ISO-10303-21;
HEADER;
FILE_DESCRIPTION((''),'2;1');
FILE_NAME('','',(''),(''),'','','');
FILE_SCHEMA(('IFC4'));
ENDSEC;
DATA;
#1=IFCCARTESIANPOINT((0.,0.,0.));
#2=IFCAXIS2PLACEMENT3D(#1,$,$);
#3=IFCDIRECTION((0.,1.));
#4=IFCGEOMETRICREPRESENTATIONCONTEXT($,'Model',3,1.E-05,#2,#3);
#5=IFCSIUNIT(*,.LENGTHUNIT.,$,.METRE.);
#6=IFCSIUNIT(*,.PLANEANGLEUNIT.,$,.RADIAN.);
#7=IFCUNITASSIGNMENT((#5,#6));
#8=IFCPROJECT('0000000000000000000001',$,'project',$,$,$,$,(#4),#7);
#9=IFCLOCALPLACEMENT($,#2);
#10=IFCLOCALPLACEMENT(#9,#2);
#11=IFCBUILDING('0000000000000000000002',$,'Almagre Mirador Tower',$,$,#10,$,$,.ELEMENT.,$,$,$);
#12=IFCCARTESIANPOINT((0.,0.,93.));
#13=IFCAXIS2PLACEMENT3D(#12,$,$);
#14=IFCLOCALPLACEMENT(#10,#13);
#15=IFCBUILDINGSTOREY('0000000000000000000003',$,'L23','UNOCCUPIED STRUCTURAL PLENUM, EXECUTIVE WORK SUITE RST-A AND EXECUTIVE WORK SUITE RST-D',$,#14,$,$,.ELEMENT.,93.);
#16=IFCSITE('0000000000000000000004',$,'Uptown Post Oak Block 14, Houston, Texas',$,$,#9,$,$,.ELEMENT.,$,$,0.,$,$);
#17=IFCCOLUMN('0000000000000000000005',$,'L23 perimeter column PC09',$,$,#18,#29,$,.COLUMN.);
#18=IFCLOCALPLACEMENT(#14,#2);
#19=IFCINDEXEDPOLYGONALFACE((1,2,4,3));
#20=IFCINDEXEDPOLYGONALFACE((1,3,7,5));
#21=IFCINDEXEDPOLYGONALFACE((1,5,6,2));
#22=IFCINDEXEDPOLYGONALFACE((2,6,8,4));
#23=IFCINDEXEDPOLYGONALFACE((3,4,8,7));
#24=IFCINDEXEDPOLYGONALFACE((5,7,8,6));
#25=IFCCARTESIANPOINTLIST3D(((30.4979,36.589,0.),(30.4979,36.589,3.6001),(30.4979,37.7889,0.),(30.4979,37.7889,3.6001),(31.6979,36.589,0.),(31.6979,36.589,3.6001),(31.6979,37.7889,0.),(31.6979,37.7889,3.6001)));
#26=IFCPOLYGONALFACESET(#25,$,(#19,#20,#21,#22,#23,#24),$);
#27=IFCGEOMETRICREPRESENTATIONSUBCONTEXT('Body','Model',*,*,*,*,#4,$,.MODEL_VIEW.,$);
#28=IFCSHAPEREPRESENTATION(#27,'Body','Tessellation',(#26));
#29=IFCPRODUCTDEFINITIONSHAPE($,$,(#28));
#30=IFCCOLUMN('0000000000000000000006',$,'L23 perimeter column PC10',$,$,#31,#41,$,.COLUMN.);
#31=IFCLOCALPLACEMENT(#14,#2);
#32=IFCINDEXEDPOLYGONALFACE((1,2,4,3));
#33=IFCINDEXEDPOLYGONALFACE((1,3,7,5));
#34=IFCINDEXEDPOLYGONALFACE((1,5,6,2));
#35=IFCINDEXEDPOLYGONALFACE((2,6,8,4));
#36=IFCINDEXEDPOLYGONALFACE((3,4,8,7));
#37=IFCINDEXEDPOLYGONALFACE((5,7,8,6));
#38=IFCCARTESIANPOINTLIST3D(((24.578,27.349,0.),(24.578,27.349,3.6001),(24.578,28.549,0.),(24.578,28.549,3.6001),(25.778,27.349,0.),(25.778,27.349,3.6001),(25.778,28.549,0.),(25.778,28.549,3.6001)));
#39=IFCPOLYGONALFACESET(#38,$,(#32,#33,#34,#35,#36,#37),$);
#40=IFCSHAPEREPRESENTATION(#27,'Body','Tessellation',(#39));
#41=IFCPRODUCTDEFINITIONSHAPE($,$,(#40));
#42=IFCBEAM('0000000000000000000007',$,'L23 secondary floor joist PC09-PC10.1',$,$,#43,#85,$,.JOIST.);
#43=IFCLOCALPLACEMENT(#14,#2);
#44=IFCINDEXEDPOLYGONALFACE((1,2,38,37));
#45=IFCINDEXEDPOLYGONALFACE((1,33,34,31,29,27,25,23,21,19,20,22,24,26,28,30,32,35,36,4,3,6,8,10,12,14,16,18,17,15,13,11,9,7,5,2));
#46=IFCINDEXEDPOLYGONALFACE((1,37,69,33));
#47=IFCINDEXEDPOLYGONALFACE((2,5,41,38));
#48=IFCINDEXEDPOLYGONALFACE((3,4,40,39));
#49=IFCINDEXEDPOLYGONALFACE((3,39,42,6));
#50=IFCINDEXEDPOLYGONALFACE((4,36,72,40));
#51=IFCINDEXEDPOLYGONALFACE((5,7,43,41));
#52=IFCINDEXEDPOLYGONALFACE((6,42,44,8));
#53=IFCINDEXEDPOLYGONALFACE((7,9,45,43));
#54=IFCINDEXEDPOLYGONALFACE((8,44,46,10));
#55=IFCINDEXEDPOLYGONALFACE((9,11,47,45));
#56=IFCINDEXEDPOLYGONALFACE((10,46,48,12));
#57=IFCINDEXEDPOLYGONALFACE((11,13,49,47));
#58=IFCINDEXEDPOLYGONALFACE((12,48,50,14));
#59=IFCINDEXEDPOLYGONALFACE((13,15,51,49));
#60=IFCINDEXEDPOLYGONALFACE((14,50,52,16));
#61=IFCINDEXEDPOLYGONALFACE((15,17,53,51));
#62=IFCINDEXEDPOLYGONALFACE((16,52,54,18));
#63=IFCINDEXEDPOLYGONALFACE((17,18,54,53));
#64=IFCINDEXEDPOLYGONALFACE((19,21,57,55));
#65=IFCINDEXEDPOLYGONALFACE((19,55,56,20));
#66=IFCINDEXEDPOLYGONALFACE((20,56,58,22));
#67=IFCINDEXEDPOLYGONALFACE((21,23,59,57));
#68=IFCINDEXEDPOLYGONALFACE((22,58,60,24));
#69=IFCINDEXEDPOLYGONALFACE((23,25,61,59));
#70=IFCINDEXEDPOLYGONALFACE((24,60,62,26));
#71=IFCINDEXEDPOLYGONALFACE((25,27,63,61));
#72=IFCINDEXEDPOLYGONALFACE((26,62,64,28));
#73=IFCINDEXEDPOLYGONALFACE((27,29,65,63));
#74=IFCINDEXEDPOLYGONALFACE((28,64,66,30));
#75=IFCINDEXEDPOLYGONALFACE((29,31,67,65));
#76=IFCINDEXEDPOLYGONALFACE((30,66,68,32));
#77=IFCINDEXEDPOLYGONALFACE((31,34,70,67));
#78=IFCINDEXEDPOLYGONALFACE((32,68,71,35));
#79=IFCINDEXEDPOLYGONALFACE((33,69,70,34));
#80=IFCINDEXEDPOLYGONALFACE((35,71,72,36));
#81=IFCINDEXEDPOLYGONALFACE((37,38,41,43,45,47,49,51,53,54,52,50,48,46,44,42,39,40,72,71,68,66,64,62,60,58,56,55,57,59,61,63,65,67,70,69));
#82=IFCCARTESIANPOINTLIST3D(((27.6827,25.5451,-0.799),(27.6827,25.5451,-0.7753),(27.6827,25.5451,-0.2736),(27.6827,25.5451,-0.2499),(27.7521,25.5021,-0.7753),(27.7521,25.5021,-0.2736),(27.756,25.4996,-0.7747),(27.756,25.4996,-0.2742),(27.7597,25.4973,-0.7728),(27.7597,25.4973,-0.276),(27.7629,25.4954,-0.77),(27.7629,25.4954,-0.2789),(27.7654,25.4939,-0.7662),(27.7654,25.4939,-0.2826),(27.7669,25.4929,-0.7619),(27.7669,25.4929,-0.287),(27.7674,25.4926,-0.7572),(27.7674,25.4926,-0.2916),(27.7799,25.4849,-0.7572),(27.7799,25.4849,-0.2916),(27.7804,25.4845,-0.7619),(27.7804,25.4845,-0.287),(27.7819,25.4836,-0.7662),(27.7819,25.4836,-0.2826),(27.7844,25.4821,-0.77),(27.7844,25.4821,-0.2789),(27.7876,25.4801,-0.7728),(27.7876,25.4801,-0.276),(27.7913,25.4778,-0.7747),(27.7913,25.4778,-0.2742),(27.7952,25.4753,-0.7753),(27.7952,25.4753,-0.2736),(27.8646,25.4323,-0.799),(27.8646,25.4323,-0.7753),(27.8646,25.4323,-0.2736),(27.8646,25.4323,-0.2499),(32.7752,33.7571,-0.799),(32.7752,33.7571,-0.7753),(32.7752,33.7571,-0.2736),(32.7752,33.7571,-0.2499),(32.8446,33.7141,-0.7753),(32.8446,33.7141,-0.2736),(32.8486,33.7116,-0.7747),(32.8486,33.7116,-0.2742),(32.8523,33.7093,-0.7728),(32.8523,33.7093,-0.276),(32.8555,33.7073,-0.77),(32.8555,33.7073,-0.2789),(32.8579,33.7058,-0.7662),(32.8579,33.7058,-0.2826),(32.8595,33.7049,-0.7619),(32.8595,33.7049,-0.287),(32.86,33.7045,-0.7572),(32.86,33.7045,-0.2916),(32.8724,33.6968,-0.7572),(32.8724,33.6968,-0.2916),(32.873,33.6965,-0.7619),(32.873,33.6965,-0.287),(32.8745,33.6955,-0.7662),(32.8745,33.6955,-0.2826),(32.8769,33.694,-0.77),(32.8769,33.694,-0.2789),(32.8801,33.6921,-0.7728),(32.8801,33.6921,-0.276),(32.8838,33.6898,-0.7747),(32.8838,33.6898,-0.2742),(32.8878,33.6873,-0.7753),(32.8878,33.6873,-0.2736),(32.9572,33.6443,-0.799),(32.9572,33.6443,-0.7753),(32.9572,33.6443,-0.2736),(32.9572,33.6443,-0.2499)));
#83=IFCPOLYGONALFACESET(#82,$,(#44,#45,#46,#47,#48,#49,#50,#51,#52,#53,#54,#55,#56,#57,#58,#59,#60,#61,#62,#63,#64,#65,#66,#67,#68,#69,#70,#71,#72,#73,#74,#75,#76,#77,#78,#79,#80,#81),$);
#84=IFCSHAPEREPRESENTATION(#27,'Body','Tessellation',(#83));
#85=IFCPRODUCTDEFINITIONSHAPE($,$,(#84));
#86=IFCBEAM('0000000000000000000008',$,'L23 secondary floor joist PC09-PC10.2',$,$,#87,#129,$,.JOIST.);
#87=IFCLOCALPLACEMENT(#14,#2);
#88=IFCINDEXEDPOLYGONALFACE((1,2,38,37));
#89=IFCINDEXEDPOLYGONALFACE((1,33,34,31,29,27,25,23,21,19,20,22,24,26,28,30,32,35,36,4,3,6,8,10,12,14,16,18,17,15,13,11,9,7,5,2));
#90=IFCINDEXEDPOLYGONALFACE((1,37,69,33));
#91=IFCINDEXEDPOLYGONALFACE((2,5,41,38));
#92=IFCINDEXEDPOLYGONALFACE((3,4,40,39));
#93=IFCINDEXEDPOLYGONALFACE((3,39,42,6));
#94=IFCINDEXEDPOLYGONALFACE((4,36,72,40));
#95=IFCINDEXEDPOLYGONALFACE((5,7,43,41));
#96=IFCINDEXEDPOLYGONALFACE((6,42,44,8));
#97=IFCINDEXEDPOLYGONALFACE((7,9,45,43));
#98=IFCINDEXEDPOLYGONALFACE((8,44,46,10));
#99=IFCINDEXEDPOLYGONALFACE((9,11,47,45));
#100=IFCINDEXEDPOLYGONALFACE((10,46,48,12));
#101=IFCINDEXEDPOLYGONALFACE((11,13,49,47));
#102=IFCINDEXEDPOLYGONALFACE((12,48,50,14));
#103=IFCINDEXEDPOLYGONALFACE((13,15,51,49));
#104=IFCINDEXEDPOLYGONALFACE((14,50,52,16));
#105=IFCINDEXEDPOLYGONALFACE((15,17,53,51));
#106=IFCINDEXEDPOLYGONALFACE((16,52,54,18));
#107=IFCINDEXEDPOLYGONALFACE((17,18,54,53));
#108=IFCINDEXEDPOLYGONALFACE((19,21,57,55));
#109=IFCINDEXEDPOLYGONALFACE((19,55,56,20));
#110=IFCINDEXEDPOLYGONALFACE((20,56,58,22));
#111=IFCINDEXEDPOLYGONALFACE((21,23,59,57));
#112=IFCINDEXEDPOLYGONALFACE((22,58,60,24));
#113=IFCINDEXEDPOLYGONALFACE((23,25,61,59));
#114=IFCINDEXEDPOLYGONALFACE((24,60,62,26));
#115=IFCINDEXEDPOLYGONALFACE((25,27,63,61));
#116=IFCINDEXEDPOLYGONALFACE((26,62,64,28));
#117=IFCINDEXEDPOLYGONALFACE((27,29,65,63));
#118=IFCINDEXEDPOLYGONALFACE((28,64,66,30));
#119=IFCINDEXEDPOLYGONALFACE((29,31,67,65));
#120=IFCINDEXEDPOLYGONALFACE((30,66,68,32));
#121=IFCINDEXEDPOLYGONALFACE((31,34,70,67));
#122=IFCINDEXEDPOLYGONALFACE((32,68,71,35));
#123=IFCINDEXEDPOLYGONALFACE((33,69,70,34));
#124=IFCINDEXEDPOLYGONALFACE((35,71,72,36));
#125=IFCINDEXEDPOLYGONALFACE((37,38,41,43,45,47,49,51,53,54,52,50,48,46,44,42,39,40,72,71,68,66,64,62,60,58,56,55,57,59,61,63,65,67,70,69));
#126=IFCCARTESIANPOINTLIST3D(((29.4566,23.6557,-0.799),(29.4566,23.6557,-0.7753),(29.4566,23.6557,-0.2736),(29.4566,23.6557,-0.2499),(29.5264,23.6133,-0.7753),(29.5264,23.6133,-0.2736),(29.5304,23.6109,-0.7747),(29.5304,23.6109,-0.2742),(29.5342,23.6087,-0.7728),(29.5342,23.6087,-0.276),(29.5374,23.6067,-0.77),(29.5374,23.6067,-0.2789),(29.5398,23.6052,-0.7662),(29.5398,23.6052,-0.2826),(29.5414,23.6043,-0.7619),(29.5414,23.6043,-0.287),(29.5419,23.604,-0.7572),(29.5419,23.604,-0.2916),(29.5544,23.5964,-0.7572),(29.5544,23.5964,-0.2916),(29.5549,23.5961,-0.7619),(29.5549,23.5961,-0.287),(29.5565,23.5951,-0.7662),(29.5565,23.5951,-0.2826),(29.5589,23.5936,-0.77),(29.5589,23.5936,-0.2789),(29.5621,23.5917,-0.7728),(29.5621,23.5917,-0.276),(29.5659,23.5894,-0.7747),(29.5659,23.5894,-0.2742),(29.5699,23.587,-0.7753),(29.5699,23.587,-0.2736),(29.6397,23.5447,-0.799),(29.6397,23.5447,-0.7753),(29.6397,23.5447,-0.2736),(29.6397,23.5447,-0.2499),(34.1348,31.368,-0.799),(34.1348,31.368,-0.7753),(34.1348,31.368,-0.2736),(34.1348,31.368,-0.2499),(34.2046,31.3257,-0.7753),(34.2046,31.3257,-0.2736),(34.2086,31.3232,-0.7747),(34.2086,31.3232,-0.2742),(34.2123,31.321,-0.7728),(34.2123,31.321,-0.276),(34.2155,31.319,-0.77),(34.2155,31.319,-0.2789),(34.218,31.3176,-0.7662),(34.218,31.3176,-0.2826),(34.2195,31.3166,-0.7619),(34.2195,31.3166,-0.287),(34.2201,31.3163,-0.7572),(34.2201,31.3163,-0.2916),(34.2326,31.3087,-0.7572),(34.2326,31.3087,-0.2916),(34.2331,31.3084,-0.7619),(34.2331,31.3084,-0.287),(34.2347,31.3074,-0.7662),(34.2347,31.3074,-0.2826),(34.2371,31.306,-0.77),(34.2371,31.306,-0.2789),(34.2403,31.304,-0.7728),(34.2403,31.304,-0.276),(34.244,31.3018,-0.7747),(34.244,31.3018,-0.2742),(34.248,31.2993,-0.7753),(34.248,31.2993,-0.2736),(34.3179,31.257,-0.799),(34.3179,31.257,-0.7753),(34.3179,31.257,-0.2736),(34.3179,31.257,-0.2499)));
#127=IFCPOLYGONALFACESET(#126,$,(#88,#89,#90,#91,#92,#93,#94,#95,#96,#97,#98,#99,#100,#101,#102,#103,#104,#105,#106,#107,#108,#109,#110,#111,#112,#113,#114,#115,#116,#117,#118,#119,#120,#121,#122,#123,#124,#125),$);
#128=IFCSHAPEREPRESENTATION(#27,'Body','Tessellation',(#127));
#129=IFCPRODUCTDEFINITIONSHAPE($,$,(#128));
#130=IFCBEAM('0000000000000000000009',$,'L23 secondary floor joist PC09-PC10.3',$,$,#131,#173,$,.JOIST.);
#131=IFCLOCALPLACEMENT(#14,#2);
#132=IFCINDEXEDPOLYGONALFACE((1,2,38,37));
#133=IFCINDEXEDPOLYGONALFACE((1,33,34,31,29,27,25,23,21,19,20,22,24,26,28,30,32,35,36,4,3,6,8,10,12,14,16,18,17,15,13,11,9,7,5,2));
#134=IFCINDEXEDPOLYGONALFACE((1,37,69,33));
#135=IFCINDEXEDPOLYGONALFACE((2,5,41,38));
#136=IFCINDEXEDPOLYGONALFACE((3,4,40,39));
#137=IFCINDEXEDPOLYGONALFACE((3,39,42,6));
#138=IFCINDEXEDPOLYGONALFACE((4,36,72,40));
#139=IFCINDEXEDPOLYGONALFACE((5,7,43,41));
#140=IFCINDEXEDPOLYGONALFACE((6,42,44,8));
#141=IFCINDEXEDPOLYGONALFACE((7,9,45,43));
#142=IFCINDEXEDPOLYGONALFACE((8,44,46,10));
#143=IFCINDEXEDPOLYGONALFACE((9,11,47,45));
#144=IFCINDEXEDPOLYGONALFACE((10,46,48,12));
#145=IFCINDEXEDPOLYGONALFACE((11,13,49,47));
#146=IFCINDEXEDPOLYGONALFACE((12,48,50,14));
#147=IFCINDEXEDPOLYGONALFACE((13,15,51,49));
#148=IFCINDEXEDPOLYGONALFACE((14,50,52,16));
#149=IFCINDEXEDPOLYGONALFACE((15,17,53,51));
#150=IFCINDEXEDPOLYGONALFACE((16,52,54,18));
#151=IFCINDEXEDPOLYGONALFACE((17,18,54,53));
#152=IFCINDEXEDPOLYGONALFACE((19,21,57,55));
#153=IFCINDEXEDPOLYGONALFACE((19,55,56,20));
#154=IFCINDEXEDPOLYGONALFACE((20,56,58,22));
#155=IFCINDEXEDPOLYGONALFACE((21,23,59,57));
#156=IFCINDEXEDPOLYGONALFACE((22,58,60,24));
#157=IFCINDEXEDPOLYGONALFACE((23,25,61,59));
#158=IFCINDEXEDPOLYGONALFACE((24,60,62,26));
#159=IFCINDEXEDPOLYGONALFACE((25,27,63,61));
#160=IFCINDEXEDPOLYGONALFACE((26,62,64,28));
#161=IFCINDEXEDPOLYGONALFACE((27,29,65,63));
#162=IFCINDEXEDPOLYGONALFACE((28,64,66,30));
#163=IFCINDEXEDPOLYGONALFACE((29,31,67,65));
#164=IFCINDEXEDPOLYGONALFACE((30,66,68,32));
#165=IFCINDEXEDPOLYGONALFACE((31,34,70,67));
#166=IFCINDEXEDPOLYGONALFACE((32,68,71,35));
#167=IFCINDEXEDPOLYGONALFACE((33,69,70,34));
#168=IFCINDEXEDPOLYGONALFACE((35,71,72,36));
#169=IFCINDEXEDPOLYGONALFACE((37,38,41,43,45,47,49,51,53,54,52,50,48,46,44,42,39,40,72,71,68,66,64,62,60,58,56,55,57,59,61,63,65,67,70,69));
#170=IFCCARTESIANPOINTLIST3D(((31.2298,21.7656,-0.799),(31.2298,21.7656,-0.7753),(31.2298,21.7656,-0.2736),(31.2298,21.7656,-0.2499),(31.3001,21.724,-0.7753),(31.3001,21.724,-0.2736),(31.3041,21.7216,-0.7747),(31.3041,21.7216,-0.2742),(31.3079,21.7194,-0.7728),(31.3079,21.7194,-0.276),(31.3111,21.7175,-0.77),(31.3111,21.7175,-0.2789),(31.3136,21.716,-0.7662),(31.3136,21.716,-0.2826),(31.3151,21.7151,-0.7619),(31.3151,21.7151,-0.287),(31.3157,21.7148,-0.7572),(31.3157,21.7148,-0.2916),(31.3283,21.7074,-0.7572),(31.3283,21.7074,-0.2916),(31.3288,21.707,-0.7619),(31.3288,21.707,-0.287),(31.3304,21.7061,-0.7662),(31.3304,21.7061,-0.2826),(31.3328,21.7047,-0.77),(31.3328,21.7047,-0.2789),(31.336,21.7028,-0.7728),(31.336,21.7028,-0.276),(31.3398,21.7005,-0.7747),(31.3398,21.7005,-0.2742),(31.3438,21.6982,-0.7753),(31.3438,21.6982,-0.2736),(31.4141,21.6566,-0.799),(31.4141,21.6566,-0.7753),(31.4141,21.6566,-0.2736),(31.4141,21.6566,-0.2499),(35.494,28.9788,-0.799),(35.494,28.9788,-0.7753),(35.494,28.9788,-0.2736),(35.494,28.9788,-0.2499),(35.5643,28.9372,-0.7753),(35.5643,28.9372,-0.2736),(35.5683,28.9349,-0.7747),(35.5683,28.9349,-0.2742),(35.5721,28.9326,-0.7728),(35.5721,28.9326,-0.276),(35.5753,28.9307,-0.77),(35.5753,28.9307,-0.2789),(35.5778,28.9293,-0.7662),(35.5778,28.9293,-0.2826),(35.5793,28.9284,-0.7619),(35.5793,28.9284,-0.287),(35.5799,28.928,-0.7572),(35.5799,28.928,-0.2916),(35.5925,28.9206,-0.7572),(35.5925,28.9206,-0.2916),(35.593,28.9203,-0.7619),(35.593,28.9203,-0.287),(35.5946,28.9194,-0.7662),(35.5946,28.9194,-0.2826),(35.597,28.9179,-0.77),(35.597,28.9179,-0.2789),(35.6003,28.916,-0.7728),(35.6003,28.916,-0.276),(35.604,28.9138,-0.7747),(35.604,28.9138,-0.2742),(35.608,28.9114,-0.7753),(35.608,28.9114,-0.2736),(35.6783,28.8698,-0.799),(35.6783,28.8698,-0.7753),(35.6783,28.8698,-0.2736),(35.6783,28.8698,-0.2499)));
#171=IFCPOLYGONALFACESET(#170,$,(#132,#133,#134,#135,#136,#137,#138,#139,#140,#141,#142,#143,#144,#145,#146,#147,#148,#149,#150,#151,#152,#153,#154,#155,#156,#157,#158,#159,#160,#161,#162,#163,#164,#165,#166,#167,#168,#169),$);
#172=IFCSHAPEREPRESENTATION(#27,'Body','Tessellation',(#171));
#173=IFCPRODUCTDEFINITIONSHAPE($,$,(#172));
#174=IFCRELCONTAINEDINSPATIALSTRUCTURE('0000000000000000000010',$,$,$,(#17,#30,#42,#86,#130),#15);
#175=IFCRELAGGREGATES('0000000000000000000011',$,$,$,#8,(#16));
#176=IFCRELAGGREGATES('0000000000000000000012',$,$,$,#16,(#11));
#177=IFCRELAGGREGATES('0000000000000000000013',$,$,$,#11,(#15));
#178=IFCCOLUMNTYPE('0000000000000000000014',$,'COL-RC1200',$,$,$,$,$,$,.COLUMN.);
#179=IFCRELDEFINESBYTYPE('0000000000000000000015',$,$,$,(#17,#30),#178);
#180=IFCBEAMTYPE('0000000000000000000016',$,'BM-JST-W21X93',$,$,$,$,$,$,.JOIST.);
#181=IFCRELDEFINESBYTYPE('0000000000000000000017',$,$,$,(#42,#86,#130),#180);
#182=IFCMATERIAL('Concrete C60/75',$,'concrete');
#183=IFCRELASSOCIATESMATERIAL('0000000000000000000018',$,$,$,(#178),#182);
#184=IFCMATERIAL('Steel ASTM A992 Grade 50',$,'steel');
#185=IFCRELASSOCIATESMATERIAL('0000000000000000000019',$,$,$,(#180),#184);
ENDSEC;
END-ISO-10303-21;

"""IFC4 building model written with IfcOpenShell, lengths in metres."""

from ifc_helpers import new_model, si_unit, direction, frame, origin, origin_2d, place, context, subcontext, project, spatial, rectangle, i_section, extrude, material, material_profile, profile_set, type_object, element, save


model = new_model("IFC4")

# Units and contexts
model_context = context("Model", 3, precision=1e-05, world=origin(), true_north=direction((0.0, 1.0)))
body_context = subcontext(model_context, "Body", "Model", "MODEL_VIEW")
ifc_project = project(units=[si_unit("LENGTHUNIT", "METRE"), si_unit("PLANEANGLEUNIT", "RADIAN")], contexts=[model_context])

# Site, building, storey
site_placement = place(None, origin())
site = spatial("IfcSite", under=ifc_project, at=site_placement, Name="Uptown Post Oak Block 14, Houston, Texas", CompositionType="ELEMENT", RefElevation=0.0)
building_placement = place(site_placement, origin())
building = spatial("IfcBuilding", under=site, at=building_placement, Name="Almagre Mirador Tower", CompositionType="ELEMENT")
storey_placement = place(building_placement, frame((0.0, 0.0, 93.0)))
storey = spatial("IfcBuildingStorey", under=building, at=storey_placement, Name="L23", Description="UNOCCUPIED STRUCTURAL PLENUM, EXECUTIVE WORK SUITE RST-A AND EXECUTIVE WORK SUITE RST-D", CompositionType="ELEMENT", Elevation=93.0)

# Columns
ifc_material_1 = material(Name="Concrete C60/75", Category="concrete")
ifc_material_profile_1 = material_profile(ifc_material_1, rectangle(XDim=1.2, YDim=1.2, at=origin_2d()), Name="RC1200X1200")
ifc_profile_set_1 = profile_set([ifc_material_profile_1], Name="Concrete C60/75")
column_type = type_object("IfcColumnType", Name="COL-RC1200", PredefinedType="COLUMN", material=ifc_profile_set_1)
for number, where, z_axis, x_axis, name in (
    (1, (31.0979, 37.189, 0.0), (0.0, 0.0, 1.0), (1.0, 0.0, 0.0), "L23 perimeter column PC09"),
    (2, (25.178, 27.949, 0.0), (0.0, 0.0, 1.0), (1.0, 0.0, 0.0), "L23 perimeter column PC10"),
):
    element("IfcColumn", number, at=place(storey_placement, frame(where, z_axis=z_axis, x_axis=x_axis)), inside=storey, type_object=column_type, Name=name, PredefinedType="COLUMN", context=body_context, shape_type="SweptSolid", body=[
        extrude(rectangle(XDim=1.2, YDim=1.2, at=origin_2d()), origin(), (0.0, 0.0, 1.0), 3.6001),
    ])

# Beams
ifc_material_2 = material(Name="Steel ASTM A992 Grade 50", Category="steel")
ifc_material_profile_2 = material_profile(ifc_material_2, i_section(OverallWidth=0.2141, OverallDepth=0.5491, WebThickness=0.0146, FlangeThickness=0.0237, FilletRadius=0.0181, at=origin_2d()), Name="W21X93")
ifc_profile_set_2 = profile_set([ifc_material_profile_2], Name="Steel ASTM A992 Grade 50")
beam_type_1 = type_object("IfcBeamType", Name="BM-JST-W21X93", PredefinedType="JOIST", material=ifc_profile_set_2)
beam_1_placement = place(storey_placement, frame((32.8662, 33.7007, -0.5244), z_axis=(-0.527025, -0.84985, 0.0), x_axis=(0.84985, -0.527025, 0.0)))
element("IfcBeam", 3, at=beam_1_placement, inside=storey, type_object=beam_type_1, Name="L23 secondary floor joist PC09-PC10.1", PredefinedType="JOIST", context=body_context, shape_type="SweptSolid", body=[
    extrude(i_section(OverallWidth=0.2141, OverallDepth=0.5491, WebThickness=0.0146, FlangeThickness=0.0237, FilletRadius=0.0181, at=origin_2d()), origin(), (0.0, 0.0, 1.0), 9.6628),
])
beam_2_placement = place(storey_placement, frame((34.2263, 31.3125, -0.5244), z_axis=(-0.518629, -0.854999, 0.0), x_axis=(0.854999, -0.518629, 0.0)))
element("IfcBeam", 4, at=beam_2_placement, inside=storey, type_object=beam_type_1, Name="L23 secondary floor joist PC09-PC10.2", PredefinedType="JOIST", context=body_context, shape_type="SweptSolid", body=[
    extrude(i_section(OverallWidth=0.2141, OverallDepth=0.5491, WebThickness=0.0146, FlangeThickness=0.0237, FilletRadius=0.0181, at=origin_2d()), origin(), (0.0, 0.0, 1.0), 9.0203),
])
beam_3_placement = place(storey_placement, frame((35.5862, 28.9243, -0.5244), z_axis=(-0.508893, -0.86083, 0.0), x_axis=(0.86083, -0.508893, 0.0)))
element("IfcBeam", 5, at=beam_3_placement, inside=storey, type_object=beam_type_1, Name="L23 secondary floor joist PC09-PC10.3", PredefinedType="JOIST", context=body_context, shape_type="SweptSolid", body=[
    extrude(i_section(OverallWidth=0.2141, OverallDepth=0.5491, WebThickness=0.0146, FlangeThickness=0.0237, FilletRadius=0.0181, at=origin_2d()), origin(), (0.0, 0.0, 1.0), 8.3794),
])

save(model, "model.ifc")
